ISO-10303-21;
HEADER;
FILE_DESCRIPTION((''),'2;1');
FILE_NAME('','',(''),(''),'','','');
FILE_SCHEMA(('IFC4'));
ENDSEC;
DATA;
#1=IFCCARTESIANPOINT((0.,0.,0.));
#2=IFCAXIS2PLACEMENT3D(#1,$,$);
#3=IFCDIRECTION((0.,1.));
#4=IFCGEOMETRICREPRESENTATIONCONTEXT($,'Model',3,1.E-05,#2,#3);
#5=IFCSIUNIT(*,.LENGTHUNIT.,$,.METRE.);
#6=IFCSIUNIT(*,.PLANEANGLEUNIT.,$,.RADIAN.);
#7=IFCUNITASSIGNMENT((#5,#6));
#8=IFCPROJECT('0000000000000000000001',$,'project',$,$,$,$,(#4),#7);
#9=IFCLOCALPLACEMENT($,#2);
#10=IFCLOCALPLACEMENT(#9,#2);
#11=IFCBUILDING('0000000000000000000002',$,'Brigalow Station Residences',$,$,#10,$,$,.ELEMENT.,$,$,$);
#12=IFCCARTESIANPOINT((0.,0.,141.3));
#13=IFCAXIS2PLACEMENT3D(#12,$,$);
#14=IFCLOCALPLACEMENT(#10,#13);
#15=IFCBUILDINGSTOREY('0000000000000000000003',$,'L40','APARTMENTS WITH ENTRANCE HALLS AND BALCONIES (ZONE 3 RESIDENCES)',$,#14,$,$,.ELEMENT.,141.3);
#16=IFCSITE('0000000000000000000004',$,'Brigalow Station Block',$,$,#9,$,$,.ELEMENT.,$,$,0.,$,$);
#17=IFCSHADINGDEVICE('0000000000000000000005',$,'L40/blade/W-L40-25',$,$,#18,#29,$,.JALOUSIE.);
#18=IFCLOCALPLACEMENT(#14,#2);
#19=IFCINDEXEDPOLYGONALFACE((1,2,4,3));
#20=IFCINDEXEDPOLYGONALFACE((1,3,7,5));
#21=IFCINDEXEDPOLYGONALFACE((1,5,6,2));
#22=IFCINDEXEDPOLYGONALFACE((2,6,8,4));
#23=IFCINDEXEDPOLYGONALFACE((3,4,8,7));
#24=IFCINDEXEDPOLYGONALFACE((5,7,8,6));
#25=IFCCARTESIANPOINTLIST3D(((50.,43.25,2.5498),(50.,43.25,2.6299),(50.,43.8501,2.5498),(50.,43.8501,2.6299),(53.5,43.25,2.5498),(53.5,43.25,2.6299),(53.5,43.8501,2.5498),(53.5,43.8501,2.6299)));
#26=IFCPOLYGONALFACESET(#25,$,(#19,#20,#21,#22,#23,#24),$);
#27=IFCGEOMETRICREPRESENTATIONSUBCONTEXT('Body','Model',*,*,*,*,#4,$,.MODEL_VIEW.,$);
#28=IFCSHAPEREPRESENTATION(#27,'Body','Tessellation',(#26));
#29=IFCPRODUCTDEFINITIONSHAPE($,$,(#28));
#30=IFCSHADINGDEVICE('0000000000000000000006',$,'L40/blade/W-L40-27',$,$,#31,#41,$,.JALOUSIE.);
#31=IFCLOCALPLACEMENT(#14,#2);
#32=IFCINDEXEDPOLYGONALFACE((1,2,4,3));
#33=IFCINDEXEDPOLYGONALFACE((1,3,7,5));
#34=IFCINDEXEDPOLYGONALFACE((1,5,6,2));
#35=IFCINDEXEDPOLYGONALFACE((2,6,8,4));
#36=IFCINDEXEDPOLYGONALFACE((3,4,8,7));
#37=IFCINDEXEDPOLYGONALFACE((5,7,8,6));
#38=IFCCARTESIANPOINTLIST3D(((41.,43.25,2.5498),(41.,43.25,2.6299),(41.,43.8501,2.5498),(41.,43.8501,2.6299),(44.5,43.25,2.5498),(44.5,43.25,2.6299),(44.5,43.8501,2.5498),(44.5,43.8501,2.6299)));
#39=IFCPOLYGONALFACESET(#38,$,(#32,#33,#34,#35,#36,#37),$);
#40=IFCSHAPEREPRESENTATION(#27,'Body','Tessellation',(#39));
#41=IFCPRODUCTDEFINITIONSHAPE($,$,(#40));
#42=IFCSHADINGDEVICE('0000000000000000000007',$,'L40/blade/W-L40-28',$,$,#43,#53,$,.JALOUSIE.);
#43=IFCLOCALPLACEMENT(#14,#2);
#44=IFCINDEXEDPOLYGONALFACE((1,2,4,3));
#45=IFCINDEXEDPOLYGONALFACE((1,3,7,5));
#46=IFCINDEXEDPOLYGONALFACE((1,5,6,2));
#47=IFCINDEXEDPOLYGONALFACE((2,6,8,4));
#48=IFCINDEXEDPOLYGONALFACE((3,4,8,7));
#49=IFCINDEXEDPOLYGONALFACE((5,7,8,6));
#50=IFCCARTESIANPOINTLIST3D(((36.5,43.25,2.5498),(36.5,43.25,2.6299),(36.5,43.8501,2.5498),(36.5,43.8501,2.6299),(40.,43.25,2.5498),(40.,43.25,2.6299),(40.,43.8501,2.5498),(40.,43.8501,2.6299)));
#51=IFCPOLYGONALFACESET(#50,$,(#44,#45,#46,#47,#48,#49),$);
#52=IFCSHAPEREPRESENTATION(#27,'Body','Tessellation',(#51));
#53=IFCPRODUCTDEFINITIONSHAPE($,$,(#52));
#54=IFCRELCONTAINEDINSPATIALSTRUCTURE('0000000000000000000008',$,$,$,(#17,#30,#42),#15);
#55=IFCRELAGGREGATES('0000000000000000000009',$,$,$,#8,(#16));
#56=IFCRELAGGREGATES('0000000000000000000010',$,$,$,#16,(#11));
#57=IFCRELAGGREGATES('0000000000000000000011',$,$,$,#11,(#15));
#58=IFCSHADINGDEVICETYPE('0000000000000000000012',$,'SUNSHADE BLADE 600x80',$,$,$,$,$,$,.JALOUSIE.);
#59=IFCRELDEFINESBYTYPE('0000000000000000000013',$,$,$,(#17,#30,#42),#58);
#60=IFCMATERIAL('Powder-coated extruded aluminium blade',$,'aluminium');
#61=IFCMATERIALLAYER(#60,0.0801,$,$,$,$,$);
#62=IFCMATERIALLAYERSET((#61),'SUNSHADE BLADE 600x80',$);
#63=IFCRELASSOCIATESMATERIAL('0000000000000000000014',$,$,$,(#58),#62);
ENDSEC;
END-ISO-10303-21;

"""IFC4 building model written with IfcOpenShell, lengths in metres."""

from ifc_helpers import new_model, si_unit, direction, frame, origin, origin_2d, place, context, subcontext, project, spatial, rectangle, extrude, material, layer, layer_set, type_object, element, save


model = new_model("IFC4")

# Units and contexts
model_context = context("Model", 3, precision=1e-05, world=origin(), true_north=direction((0.0, 1.0)))
body_context = subcontext(model_context, "Body", "Model", "MODEL_VIEW")
ifc_project = project(units=[si_unit("LENGTHUNIT", "METRE"), si_unit("PLANEANGLEUNIT", "RADIAN")], contexts=[model_context])

# Site, building, storey
site_placement = place(None, origin())
site = spatial("IfcSite", under=ifc_project, at=site_placement, Name="Brigalow Station Block", CompositionType="ELEMENT", RefElevation=0.0)
building_placement = place(site_placement, origin())
building = spatial("IfcBuilding", under=site, at=building_placement, Name="Brigalow Station Residences", CompositionType="ELEMENT")
storey_placement = place(building_placement, frame((0.0, 0.0, 141.3)))
storey = spatial("IfcBuildingStorey", under=building, at=storey_placement, Name="L40", Description="APARTMENTS WITH ENTRANCE HALLS AND BALCONIES (ZONE 3 RESIDENCES)", CompositionType="ELEMENT", Elevation=141.3)

# Shading devices
ifc_material_1 = material(Name="Powder-coated extruded aluminium blade", Category="aluminium")
ifc_layer_1 = layer(ifc_material_1, 0.0801)
ifc_layer_set_1 = layer_set([ifc_layer_1], Name="SUNSHADE BLADE 600x80")
shading_device_type = type_object("IfcShadingDeviceType", Name="SUNSHADE BLADE 600x80", PredefinedType="JALOUSIE", material=ifc_layer_set_1)
for number, where, z_axis, x_axis, name in (
    (1, (51.75, 43.55, 2.5498), (0.0, 0.0, 1.0), (-1.0, 0.0, 0.0), "L40/blade/W-L40-25"),
    (2, (42.75, 43.55, 2.5498), (0.0, 0.0, 1.0), (-1.0, 0.0, 0.0), "L40/blade/W-L40-27"),
    (3, (38.25, 43.55, 2.5498), (0.0, 0.0, 1.0), (-1.0, 0.0, 0.0), "L40/blade/W-L40-28"),
):
    element("IfcShadingDevice", number, at=place(storey_placement, frame(where, z_axis=z_axis, x_axis=x_axis)), inside=storey, type_object=shading_device_type, Name=name, PredefinedType="JALOUSIE", context=body_context, shape_type="SweptSolid", body=[
        extrude(rectangle(XDim=3.5, YDim=0.6001, at=origin_2d()), origin(), (0.0, 0.0, 1.0), 0.0801),
    ])

save(model, "model.ifc")
